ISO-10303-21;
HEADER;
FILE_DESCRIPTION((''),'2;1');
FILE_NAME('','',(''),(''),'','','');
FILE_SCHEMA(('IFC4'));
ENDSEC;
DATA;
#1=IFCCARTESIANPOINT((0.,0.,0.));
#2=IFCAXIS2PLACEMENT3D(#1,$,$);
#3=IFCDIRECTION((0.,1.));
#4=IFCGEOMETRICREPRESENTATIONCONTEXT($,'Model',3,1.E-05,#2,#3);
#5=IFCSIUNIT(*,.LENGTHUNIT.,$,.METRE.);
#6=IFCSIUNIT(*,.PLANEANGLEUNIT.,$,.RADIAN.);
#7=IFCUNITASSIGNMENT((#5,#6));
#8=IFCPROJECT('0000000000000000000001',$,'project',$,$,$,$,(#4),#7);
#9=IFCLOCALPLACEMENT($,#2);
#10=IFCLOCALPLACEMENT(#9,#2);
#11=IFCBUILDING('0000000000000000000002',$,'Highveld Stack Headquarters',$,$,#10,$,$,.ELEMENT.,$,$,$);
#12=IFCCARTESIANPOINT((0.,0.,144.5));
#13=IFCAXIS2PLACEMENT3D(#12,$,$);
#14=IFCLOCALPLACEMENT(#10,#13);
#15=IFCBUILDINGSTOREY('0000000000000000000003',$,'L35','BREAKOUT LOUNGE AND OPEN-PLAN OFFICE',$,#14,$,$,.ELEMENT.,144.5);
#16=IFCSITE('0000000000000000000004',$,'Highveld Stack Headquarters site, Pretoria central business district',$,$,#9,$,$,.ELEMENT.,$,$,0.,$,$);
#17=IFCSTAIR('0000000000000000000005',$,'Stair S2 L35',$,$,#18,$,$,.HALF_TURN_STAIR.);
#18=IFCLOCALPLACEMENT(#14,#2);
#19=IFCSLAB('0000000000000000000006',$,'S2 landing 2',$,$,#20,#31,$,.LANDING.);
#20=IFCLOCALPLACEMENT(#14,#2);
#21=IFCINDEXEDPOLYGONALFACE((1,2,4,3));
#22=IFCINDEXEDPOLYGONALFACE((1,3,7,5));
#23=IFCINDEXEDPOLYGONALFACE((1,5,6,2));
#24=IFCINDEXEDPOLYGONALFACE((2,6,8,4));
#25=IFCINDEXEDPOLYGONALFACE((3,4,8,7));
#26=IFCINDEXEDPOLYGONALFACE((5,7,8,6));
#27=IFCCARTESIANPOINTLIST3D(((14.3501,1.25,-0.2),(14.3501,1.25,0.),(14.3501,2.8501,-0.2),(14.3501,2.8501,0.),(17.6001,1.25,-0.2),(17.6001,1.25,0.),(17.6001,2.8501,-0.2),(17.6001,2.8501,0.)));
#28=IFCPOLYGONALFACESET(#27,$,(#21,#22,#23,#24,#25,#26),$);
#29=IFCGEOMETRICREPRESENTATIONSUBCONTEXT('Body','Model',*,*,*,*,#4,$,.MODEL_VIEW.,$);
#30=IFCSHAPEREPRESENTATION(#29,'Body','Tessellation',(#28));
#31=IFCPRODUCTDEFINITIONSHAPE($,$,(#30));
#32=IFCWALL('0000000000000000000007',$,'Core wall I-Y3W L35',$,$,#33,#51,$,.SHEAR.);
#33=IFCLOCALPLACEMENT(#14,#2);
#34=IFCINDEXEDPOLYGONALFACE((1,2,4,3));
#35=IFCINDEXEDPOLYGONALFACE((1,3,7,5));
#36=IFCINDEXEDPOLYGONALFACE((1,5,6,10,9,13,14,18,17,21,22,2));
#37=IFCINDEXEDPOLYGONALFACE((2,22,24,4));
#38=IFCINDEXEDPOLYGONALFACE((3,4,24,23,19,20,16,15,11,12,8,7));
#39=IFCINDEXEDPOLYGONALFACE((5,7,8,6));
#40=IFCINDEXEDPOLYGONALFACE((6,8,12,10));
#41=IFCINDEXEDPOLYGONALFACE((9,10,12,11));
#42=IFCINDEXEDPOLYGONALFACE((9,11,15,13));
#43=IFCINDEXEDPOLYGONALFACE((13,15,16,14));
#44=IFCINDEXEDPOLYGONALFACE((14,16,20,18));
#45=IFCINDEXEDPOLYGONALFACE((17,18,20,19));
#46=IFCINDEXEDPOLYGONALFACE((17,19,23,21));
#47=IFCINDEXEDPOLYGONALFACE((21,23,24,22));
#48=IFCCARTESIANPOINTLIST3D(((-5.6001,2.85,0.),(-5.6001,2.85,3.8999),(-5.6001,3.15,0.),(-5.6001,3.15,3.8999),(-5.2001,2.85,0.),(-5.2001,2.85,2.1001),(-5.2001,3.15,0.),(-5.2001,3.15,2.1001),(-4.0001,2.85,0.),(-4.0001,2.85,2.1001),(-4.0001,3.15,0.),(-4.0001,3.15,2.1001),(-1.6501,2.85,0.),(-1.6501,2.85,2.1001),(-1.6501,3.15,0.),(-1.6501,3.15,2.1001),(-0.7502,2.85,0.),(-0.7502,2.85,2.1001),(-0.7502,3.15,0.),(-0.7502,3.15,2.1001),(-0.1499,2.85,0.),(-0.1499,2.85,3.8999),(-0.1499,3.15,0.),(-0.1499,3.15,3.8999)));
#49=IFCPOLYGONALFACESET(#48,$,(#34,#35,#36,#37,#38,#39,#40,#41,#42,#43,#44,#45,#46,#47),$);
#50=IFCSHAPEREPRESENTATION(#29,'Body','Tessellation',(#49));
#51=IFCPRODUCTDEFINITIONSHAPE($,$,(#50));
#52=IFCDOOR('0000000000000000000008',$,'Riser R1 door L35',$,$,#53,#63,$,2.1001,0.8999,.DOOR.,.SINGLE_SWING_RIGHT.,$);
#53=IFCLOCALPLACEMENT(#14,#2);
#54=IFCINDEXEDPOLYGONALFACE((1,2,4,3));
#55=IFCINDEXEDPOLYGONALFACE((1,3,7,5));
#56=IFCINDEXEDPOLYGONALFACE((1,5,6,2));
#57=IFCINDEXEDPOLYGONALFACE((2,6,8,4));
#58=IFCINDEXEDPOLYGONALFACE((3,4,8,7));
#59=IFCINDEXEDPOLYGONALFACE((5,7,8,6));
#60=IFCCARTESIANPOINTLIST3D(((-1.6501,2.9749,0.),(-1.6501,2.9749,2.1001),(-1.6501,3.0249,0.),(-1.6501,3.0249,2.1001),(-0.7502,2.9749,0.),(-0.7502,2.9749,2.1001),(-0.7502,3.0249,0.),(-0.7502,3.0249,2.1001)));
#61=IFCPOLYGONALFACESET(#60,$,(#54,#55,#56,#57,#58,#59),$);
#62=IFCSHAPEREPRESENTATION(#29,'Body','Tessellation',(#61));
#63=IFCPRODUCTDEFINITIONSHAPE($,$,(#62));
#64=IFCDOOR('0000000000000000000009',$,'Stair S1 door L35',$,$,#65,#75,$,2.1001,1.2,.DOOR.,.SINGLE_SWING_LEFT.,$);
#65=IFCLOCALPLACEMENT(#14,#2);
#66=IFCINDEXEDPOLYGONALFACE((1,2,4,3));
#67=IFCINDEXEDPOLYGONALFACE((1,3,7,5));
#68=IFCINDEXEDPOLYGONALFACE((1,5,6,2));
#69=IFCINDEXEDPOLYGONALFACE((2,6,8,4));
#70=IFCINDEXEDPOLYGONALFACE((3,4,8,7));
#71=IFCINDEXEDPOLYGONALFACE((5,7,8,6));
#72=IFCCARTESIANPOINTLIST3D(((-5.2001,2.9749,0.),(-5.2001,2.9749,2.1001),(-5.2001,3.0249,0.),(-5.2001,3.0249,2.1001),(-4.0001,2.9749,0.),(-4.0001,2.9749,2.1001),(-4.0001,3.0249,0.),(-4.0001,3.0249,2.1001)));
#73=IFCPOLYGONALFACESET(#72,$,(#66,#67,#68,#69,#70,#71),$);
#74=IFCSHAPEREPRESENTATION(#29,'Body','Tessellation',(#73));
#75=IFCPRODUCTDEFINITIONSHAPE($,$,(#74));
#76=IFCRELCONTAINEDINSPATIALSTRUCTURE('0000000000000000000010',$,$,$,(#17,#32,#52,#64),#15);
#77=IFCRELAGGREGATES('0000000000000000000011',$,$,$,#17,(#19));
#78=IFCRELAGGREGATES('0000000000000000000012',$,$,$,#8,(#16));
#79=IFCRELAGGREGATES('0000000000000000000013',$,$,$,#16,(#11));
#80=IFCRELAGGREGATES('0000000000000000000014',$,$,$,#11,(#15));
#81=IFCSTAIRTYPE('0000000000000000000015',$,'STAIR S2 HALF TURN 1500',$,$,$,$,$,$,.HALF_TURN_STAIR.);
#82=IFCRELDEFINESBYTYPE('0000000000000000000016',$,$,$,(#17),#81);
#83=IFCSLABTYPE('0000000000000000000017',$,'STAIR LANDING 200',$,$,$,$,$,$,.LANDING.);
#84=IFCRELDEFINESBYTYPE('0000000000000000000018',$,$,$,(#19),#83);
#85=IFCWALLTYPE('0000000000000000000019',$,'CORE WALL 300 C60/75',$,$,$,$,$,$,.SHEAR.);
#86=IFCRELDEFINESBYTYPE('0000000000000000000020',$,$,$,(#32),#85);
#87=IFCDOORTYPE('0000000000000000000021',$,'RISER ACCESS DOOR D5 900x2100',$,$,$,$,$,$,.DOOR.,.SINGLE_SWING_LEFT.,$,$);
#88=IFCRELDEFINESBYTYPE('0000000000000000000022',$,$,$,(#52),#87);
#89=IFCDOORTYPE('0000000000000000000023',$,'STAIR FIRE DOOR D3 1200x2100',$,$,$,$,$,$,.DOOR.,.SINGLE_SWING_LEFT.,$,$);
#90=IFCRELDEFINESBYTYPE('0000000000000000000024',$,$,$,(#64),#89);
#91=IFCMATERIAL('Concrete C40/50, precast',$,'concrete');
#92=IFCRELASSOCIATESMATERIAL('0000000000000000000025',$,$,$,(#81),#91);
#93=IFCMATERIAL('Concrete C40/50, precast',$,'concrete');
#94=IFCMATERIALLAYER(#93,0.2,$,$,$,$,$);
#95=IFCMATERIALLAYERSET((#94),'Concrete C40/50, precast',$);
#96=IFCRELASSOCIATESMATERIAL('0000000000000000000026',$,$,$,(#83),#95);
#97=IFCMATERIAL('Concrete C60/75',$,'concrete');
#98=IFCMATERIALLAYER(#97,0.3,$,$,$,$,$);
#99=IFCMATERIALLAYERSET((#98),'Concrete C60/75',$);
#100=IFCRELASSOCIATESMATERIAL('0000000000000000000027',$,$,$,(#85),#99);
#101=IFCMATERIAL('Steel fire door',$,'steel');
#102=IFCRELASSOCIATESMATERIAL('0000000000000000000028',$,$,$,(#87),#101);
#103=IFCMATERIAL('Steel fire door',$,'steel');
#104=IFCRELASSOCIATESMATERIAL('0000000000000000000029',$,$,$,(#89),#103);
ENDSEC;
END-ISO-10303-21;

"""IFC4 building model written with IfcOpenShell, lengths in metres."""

from ifc_helpers import new_model, si_unit, direction, frame, frame_2d, origin, place, context, subcontext, project, spatial, polyline, rectangle, outline, extrude, material, layer, layer_set, type_object, element, fill, aggregate, save


model = new_model("IFC4")

# Units and contexts
model_context = context("Model", 3, precision=1e-05, world=origin(), true_north=direction((0.0, 1.0)))
body_context = subcontext(model_context, "Body", "Model", "MODEL_VIEW")
ifc_project = project(units=[si_unit("LENGTHUNIT", "METRE"), si_unit("PLANEANGLEUNIT", "RADIAN")], contexts=[model_context])

# Site, building, storey
site_placement = place(None, origin())
site = spatial("IfcSite", under=ifc_project, at=site_placement, Name="Highveld Stack Headquarters site, Pretoria central business district", CompositionType="ELEMENT", RefElevation=0.0)
building_placement = place(site_placement, origin())
building = spatial("IfcBuilding", under=site, at=building_placement, Name="Highveld Stack Headquarters", CompositionType="ELEMENT")
storey_placement = place(building_placement, frame((0.0, 0.0, 144.5)))
storey = spatial("IfcBuildingStorey", under=building, at=storey_placement, Name="L35", Description="BREAKOUT LOUNGE AND OPEN-PLAN OFFICE", CompositionType="ELEMENT", Elevation=144.5)

# Stair, slab
ifc_material_1 = material(Name="Concrete C40/50, precast", Category="concrete")
stair_type_1 = type_object("IfcStairType", Name="STAIR S2 HALF TURN 1500", PredefinedType="HALF_TURN_STAIR", material=ifc_material_1)
stair_1_placement = place(storey_placement, origin())
stair_1 = element("IfcStair", 1, at=stair_1_placement, inside=storey, type_object=stair_type_1, Name="Stair S2 L35", PredefinedType="HALF_TURN_STAIR")
ifc_material_2 = material(Name="Concrete C40/50, precast", Category="concrete")
ifc_layer_1 = layer(ifc_material_2, 0.2)
ifc_layer_set_1 = layer_set([ifc_layer_1], Name="Concrete C40/50, precast")
slab_type = type_object("IfcSlabType", Name="STAIR LANDING 200", PredefinedType="LANDING", material=ifc_layer_set_1)
slab_placement = place(storey_placement, frame((0.0, 0.0, -0.2)))
slab = element("IfcSlab", 2, at=slab_placement, type_object=slab_type, Name="S2 landing 2", PredefinedType="LANDING", context=body_context, shape_type="SweptSolid", body=[
    extrude(outline(polyline([(14.3501, 1.25), (17.6001, 1.25), (17.6001, 2.8501), (14.3501, 2.8501), (14.3501, 1.25)])), origin(), (0.0, 0.0, 1.0), 0.2),
])
aggregate(stair_1, [slab])

# Wall, openings, doors
ifc_material_3 = material(Name="Concrete C60/75", Category="concrete")
ifc_layer_2 = layer(ifc_material_3, 0.3)
ifc_layer_set_2 = layer_set([ifc_layer_2], Name="Concrete C60/75")
wall_type_1 = type_object("IfcWallType", Name="CORE WALL 300 C60/75", PredefinedType="SHEAR", material=ifc_layer_set_2)
wall_1_placement = place(storey_placement, frame((-5.6001, 3.0, 0.0), z_axis=(0.0, 0.0, 1.0), x_axis=(1.0, 0.0, 0.0)))
wall_1 = element("IfcWall", 3, at=wall_1_placement, inside=storey, type_object=wall_type_1, Name="Core wall I-Y3W L35", PredefinedType="SHEAR", context=body_context, shape_type="SweptSolid", body=[
    extrude(rectangle(XDim=5.4502, YDim=0.3, at=frame_2d((2.7251, 0.0))), origin(), (0.0, 0.0, 1.0), 3.8999),
])
opening_1_placement = place(wall_1_placement, frame((0.3999, 0.0, 0.0)))
opening_1 = element("IfcOpeningElement", 4, at=opening_1_placement, cuts=wall_1, PredefinedType="OPENING", context=body_context, shape_type="SweptSolid", body=[
    extrude(rectangle(XDim=1.2, YDim=2.1001, at=frame_2d((0.6001, 1.05))), frame((0.0, 0.1599, 0.0), z_axis=(0.0, -1.0, 0.0), x_axis=(1.0, 0.0, 0.0)), (0.0, 0.0, 1.0), 0.3201),
])
opening_2_placement = place(wall_1_placement, frame((3.95, 0.0, 0.0)))
opening_2 = element("IfcOpeningElement", 5, at=opening_2_placement, cuts=wall_1, PredefinedType="OPENING", context=body_context, shape_type="SweptSolid", body=[
    extrude(rectangle(XDim=0.8999, YDim=2.1001, at=frame_2d((0.45, 1.05))), frame((0.0, 0.1599, 0.0), z_axis=(0.0, -1.0, 0.0), x_axis=(1.0, 0.0, 0.0)), (0.0, 0.0, 1.0), 0.3201),
])
ifc_material_4 = material(Name="Steel fire door", Category="steel")
door_type_1 = type_object("IfcDoorType", Name="RISER ACCESS DOOR D5 900x2100", OperationType="SINGLE_SWING_LEFT", PredefinedType="DOOR", material=ifc_material_4)
door_1_placement = place(opening_2_placement, origin())
door_1 = element("IfcDoor", 6, at=door_1_placement, inside=storey, type_object=door_type_1, Name="Riser R1 door L35", OperationType="SINGLE_SWING_RIGHT", OverallHeight=2.1001, OverallWidth=0.8999, PredefinedType="DOOR", context=body_context, shape_type="SweptSolid", body=[
    extrude(rectangle(XDim=0.8999, YDim=2.1001, at=frame_2d((0.45, 1.05))), frame((0.0, 0.0249, 0.0), z_axis=(0.0, -1.0, 0.0), x_axis=(1.0, 0.0, 0.0)), (0.0, 0.0, 1.0), 0.05),
])
fill(opening_2, door_1)
ifc_material_5 = material(Name="Steel fire door", Category="steel")
door_type_2 = type_object("IfcDoorType", Name="STAIR FIRE DOOR D3 1200x2100", OperationType="SINGLE_SWING_LEFT", PredefinedType="DOOR", material=ifc_material_5)
door_2_placement = place(opening_1_placement, origin())
door_2 = element("IfcDoor", 7, at=door_2_placement, inside=storey, type_object=door_type_2, Name="Stair S1 door L35", OperationType="SINGLE_SWING_LEFT", OverallHeight=2.1001, OverallWidth=1.2, PredefinedType="DOOR", context=body_context, shape_type="SweptSolid", body=[
    extrude(rectangle(XDim=1.2, YDim=2.1001, at=frame_2d((0.6001, 1.05))), frame((0.0, 0.0249, 0.0), z_axis=(0.0, -1.0, 0.0), x_axis=(1.0, 0.0, 0.0)), (0.0, 0.0, 1.0), 0.05),
])
fill(opening_1, door_2)

save(model, "model.ifc")
